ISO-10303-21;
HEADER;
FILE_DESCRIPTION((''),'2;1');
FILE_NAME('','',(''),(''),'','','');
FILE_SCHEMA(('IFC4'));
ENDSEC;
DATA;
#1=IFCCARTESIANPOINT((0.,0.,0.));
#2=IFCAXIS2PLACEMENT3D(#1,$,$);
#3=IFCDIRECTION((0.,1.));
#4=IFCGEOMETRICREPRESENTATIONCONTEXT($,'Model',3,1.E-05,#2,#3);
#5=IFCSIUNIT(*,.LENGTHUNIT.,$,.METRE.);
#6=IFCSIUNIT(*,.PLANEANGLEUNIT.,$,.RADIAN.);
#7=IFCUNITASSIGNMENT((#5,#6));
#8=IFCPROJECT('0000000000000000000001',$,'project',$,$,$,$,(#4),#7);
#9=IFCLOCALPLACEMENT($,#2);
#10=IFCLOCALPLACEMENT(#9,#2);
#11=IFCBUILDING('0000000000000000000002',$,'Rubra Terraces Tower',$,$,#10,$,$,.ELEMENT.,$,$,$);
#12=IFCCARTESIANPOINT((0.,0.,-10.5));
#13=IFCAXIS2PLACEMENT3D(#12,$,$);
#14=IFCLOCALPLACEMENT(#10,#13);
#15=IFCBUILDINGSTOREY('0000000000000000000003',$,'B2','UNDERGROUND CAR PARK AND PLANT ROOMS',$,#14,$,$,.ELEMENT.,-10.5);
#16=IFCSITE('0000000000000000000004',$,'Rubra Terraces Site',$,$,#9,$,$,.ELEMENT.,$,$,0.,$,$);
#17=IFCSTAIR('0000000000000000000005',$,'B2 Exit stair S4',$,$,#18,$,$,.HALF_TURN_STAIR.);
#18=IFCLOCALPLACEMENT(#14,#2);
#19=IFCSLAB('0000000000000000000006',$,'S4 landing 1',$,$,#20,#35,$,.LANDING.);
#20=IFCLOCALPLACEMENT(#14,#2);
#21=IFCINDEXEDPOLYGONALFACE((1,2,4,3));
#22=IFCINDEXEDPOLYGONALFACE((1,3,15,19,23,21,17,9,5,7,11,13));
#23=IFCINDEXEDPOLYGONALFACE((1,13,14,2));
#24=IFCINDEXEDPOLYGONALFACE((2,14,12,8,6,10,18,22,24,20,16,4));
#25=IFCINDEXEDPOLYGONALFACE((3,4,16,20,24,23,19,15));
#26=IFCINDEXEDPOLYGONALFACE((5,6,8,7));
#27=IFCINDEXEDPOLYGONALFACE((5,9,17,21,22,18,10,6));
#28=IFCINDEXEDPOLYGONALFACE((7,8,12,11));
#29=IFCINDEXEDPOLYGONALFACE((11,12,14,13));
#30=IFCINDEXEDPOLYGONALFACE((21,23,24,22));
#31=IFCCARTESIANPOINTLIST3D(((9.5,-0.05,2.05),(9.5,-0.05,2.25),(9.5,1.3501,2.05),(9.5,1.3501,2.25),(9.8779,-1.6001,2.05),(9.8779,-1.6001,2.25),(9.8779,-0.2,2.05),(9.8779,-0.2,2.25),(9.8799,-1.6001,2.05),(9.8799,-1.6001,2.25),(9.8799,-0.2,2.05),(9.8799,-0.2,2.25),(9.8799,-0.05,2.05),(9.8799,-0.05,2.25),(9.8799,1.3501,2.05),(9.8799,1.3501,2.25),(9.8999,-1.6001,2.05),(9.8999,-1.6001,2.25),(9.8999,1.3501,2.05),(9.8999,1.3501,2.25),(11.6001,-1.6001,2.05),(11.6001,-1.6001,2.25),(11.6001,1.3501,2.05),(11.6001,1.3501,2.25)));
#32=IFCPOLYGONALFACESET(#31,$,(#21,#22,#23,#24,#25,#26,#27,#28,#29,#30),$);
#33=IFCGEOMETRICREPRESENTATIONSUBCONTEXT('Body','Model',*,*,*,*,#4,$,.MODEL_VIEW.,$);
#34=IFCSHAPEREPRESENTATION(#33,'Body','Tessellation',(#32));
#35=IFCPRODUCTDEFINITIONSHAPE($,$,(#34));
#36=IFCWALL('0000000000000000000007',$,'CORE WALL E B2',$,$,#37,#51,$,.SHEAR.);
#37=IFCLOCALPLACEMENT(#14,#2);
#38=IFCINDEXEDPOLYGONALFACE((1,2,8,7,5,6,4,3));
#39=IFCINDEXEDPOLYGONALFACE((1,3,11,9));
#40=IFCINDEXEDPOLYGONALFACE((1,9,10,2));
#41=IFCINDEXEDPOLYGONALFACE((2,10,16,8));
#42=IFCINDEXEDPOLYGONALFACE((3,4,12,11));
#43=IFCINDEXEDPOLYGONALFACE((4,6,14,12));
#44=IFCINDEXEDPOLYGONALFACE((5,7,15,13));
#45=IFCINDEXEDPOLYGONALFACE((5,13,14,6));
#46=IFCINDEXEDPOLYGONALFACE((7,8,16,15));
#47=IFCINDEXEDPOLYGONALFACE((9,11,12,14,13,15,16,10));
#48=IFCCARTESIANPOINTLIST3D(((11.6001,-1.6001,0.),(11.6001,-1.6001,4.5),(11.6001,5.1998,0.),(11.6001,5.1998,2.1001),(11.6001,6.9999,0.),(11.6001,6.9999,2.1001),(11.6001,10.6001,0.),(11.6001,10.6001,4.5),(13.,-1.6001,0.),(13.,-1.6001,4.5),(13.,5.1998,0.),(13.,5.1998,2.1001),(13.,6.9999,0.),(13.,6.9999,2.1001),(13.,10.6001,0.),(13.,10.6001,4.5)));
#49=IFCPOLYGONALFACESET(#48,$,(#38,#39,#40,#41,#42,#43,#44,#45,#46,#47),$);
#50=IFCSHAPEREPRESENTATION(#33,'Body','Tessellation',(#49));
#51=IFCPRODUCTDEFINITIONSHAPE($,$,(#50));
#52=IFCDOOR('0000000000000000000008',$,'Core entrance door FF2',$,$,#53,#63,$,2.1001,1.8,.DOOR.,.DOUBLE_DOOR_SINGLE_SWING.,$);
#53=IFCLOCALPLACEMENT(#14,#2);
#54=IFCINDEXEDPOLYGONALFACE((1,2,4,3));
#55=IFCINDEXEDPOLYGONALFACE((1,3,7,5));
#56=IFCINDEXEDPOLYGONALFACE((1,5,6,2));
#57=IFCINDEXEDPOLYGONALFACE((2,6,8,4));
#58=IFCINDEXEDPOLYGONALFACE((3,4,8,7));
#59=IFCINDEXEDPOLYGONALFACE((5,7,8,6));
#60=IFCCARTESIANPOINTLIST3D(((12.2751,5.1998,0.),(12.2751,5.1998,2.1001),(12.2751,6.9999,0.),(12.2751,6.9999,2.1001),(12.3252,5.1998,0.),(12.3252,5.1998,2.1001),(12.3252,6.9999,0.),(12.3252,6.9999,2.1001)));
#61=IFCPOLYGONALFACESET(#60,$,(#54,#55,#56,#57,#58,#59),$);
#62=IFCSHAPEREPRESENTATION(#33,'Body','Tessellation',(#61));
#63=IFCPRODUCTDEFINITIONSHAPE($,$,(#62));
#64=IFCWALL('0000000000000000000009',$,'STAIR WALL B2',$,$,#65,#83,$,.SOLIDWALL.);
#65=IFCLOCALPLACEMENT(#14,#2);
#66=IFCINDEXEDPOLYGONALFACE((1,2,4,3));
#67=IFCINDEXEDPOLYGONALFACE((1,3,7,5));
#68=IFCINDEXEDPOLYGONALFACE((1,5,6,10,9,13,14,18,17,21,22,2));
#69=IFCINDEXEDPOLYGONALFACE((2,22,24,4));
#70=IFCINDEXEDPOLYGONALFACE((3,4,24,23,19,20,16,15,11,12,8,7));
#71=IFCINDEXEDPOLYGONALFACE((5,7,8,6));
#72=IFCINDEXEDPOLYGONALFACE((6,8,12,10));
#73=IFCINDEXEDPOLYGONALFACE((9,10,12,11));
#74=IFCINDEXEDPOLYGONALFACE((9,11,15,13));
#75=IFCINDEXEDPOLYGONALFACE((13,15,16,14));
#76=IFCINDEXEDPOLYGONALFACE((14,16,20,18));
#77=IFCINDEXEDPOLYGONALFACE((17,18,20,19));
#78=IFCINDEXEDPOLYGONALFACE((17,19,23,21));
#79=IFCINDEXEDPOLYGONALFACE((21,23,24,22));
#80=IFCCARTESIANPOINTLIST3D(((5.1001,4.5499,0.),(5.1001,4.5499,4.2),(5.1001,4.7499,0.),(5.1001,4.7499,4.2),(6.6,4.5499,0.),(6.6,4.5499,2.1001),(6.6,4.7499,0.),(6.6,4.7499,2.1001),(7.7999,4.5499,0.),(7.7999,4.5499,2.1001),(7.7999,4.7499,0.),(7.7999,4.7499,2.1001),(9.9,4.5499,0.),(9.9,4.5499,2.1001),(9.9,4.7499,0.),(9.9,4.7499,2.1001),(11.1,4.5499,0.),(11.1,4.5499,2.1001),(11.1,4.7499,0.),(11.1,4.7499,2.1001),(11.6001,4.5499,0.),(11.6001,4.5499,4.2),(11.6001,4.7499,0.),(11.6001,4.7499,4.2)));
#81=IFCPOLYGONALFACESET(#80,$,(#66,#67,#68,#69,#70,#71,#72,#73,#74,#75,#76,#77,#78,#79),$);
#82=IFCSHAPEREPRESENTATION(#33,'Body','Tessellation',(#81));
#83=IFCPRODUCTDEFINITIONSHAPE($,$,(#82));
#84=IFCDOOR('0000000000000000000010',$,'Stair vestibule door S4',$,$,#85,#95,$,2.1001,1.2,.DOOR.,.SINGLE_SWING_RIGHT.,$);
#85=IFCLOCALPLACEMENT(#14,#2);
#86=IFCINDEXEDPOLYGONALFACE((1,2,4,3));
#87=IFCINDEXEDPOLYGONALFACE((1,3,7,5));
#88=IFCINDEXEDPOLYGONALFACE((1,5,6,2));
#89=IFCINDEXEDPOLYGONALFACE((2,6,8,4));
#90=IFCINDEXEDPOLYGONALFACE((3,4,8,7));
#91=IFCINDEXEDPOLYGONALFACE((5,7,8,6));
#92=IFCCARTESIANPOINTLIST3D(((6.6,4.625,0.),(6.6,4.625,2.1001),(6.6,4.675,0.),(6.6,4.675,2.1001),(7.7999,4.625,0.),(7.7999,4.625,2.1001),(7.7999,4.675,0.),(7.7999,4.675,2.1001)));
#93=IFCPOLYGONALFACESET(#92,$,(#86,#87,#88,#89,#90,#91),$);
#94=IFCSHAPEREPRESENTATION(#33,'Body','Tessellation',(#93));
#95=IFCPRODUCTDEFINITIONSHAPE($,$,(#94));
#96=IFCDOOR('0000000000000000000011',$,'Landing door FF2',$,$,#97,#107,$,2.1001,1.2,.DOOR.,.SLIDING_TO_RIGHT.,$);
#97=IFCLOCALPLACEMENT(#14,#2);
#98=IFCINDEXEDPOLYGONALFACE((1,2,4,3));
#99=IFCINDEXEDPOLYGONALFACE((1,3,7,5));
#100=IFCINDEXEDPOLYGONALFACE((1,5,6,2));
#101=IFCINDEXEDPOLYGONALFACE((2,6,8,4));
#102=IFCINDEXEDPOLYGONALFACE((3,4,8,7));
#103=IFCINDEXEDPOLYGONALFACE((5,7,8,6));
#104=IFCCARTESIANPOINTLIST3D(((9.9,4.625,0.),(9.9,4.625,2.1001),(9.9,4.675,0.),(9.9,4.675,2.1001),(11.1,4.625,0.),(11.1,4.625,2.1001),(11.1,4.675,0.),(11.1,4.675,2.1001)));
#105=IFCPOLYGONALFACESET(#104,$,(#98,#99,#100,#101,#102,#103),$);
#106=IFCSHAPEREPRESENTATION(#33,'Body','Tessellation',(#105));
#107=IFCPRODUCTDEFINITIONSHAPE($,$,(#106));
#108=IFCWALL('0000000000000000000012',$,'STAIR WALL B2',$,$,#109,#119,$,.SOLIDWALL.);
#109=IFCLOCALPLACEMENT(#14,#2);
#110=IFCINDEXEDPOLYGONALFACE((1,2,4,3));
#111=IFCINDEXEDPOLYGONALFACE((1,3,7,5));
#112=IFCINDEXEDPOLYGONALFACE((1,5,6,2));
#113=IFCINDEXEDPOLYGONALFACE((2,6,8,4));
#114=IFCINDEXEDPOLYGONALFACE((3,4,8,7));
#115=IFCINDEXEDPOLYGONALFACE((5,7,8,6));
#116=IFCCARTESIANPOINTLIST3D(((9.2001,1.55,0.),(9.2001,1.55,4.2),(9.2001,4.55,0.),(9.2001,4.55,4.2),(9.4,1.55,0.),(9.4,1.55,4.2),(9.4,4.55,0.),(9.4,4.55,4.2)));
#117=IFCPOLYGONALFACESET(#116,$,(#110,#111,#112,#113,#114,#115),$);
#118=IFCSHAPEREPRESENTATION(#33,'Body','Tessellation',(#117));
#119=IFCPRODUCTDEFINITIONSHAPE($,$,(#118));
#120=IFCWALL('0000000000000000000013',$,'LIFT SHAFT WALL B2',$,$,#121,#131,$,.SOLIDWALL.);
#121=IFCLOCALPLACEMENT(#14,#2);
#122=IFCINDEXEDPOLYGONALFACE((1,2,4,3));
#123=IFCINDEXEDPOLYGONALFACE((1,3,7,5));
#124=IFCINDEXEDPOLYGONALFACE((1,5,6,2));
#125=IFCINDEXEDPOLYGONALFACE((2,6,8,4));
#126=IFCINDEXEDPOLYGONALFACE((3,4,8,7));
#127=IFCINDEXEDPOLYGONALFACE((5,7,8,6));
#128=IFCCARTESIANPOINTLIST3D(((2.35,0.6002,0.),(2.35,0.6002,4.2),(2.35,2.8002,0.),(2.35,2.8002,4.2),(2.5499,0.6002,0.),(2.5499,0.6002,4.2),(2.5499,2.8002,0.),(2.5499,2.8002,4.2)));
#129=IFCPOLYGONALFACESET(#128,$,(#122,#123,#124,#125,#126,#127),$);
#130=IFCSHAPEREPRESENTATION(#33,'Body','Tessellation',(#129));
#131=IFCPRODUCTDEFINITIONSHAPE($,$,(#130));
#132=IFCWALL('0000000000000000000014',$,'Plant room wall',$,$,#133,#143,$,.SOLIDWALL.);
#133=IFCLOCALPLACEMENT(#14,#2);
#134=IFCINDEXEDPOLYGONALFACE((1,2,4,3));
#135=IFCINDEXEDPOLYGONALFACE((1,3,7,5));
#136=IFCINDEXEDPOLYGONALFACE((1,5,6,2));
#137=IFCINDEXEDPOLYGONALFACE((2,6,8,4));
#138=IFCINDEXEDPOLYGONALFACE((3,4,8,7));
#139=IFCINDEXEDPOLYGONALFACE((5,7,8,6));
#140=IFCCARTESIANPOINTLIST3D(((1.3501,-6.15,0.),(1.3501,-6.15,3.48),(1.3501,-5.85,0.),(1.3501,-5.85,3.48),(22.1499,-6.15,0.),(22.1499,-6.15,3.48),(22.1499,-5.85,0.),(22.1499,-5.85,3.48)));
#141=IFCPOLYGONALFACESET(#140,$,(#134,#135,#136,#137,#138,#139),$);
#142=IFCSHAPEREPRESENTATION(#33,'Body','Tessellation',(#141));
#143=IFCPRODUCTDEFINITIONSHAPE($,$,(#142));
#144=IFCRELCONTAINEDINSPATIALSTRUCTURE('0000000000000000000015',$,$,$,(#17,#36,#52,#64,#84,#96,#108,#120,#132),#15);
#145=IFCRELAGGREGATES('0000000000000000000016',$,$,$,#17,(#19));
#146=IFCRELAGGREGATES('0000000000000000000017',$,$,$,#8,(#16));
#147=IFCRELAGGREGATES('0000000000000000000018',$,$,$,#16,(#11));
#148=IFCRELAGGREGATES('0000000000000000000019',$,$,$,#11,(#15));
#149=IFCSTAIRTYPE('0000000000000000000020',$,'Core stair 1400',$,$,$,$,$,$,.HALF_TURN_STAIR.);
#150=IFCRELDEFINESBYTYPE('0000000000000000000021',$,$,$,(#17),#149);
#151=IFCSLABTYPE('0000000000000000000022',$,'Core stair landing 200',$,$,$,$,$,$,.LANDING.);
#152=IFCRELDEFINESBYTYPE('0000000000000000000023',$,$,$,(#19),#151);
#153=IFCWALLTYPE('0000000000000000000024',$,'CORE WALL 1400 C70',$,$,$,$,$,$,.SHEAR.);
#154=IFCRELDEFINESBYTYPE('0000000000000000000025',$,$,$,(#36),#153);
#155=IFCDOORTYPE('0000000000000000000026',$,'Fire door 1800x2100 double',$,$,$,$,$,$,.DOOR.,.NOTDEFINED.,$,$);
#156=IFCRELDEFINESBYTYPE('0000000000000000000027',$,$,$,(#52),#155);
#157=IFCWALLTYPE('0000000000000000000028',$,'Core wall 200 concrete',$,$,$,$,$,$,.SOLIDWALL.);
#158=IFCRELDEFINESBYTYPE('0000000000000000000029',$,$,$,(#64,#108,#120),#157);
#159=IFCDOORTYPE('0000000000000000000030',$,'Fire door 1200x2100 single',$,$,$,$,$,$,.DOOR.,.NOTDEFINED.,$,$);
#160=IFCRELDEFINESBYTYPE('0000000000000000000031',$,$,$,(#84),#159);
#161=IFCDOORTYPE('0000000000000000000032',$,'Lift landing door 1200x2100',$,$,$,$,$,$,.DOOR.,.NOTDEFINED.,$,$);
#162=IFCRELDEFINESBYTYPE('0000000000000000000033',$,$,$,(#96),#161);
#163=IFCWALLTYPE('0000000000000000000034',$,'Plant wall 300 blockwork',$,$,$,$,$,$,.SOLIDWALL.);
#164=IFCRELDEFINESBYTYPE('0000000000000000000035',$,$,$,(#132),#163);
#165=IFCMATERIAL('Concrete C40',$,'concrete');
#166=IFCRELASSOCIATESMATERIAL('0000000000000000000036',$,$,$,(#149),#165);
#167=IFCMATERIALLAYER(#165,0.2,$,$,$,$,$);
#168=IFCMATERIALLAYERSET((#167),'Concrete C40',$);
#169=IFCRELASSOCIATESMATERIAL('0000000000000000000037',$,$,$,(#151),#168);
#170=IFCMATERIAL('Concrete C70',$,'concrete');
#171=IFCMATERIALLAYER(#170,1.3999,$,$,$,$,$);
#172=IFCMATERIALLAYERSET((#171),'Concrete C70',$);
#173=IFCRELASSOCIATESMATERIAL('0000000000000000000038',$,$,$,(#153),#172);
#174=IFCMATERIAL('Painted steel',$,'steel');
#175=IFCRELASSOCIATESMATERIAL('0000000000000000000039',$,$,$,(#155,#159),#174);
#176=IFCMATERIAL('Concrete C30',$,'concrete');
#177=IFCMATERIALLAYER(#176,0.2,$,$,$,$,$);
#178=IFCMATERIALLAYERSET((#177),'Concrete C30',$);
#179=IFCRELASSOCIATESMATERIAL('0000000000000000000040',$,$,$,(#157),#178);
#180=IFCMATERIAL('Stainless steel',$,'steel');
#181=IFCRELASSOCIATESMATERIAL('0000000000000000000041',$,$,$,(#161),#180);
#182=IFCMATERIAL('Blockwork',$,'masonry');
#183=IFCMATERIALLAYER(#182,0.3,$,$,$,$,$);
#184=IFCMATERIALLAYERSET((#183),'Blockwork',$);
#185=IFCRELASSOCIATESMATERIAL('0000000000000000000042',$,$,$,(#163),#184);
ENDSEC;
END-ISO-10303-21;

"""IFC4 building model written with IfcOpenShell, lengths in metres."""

from ifc_helpers import new_model, si_unit, direction, frame, frame_2d, origin, place, context, subcontext, project, spatial, polyline, rectangle, outline, extrude, material, layer, layer_set, type_object, element, fill, aggregate, save


model = new_model("IFC4")

# Units and contexts
model_context = context("Model", 3, precision=1e-05, world=origin(), true_north=direction((0.0, 1.0)))
body_context = subcontext(model_context, "Body", "Model", "MODEL_VIEW")
ifc_project = project(units=[si_unit("LENGTHUNIT", "METRE"), si_unit("PLANEANGLEUNIT", "RADIAN")], contexts=[model_context])

# Site, building, storey
site_placement = place(None, origin())
site = spatial("IfcSite", under=ifc_project, at=site_placement, Name="Rubra Terraces Site", CompositionType="ELEMENT", RefElevation=0.0)
building_placement = place(site_placement, origin())
building = spatial("IfcBuilding", under=site, at=building_placement, Name="Rubra Terraces Tower", CompositionType="ELEMENT")
storey_placement = place(building_placement, frame((0.0, 0.0, -10.5)))
storey = spatial("IfcBuildingStorey", under=building, at=storey_placement, Name="B2", Description="UNDERGROUND CAR PARK AND PLANT ROOMS", CompositionType="ELEMENT", Elevation=-10.5)

# Stair, slab
ifc_material_1 = material(Name="Concrete C40", Category="concrete")
stair_type = type_object("IfcStairType", Name="Core stair 1400", PredefinedType="HALF_TURN_STAIR", material=ifc_material_1)
ifc_layer_1 = layer(ifc_material_1, 0.2)
ifc_layer_set_1 = layer_set([ifc_layer_1], Name="Concrete C40")
slab_type = type_object("IfcSlabType", Name="Core stair landing 200", PredefinedType="LANDING", material=ifc_layer_set_1)
stair_1_placement = place(storey_placement, origin())
stair_1 = element("IfcStair", 1, at=stair_1_placement, inside=storey, type_object=stair_type, Name="B2 Exit stair S4", PredefinedType="HALF_TURN_STAIR")
slab_1_placement = place(storey_placement, frame((0.0, 0.0, 2.05)))
slab_1 = element("IfcSlab", 2, at=slab_1_placement, type_object=slab_type, Name="S4 landing 1", PredefinedType="LANDING", context=body_context, shape_type="SweptSolid", body=[
    extrude(outline(polyline([(9.8799, -0.2), (9.8799, -0.05), (9.5, -0.05), (9.5, 1.3501), (9.8799, 1.3501), (9.8999, 1.3501), (11.6001, 1.3501), (11.6001, -1.6001), (9.8999, -1.6001), (9.8799, -1.6001), (9.8779, -1.6001), (9.8779, -0.2), (9.8799, -0.2)])), origin(), (0.0, 0.0, 1.0), 0.2),
])

# Wall, opening, door
ifc_material_2 = material(Name="Concrete C70", Category="concrete")
ifc_layer_2 = layer(ifc_material_2, 1.3999)
ifc_layer_set_2 = layer_set([ifc_layer_2], Name="Concrete C70")
wall_type_1 = type_object("IfcWallType", Name="CORE WALL 1400 C70", PredefinedType="SHEAR", material=ifc_layer_set_2)
wall_1_placement = place(storey_placement, frame((12.3, -1.6001, 0.0), z_axis=(0.0, 0.0, 1.0), x_axis=(0.0, 1.0, 0.0)))
wall_1 = element("IfcWall", 3, at=wall_1_placement, inside=storey, type_object=wall_type_1, Name="CORE WALL E B2", PredefinedType="SHEAR", context=body_context, shape_type="SweptSolid", body=[
    extrude(rectangle(XDim=12.2002, YDim=1.3999, at=frame_2d((6.1001, 0.0))), origin(), (0.0, 0.0, 1.0), 4.5),
])
opening_1_placement = place(wall_1_placement, frame((6.8, 0.0, 0.0)))
opening_1 = element("IfcOpeningElement", 4, at=opening_1_placement, cuts=wall_1, PredefinedType="OPENING", context=body_context, shape_type="SweptSolid", body=[
    extrude(rectangle(XDim=1.8, YDim=2.1001, at=frame_2d((0.8999, 1.05))), frame((0.0, 0.71, 0.0), z_axis=(0.0, -1.0, 0.0), x_axis=(1.0, 0.0, 0.0)), (0.0, 0.0, 1.0), 1.4199),
])
ifc_material_3 = material(Name="Painted steel", Category="steel")
door_type_1 = type_object("IfcDoorType", Name="Fire door 1800x2100 double", OperationType="NOTDEFINED", PredefinedType="DOOR", material=ifc_material_3)
door_1_placement = place(opening_1_placement, origin())
door_1 = element("IfcDoor", 5, at=door_1_placement, inside=storey, type_object=door_type_1, Name="Core entrance door FF2", OperationType="DOUBLE_DOOR_SINGLE_SWING", OverallHeight=2.1001, OverallWidth=1.8, PredefinedType="DOOR", context=body_context, shape_type="SweptSolid", body=[
    extrude(rectangle(XDim=1.8, YDim=2.1001, at=frame_2d((0.8999, 1.05))), frame((0.0, 0.0249, 0.0), z_axis=(0.0, -1.0, 0.0), x_axis=(1.0, 0.0, 0.0)), (0.0, 0.0, 1.0), 0.05),
])
fill(opening_1, door_1)

# Wall, openings, doors
ifc_material_4 = material(Name="Concrete C30", Category="concrete")
ifc_layer_3 = layer(ifc_material_4, 0.2)
ifc_layer_set_3 = layer_set([ifc_layer_3], Name="Concrete C30")
wall_type_2 = type_object("IfcWallType", Name="Core wall 200 concrete", PredefinedType="SOLIDWALL", material=ifc_layer_set_3)
wall_2_placement = place(storey_placement, frame((11.6001, 4.6499, 0.0), z_axis=(0.0, 0.0, 1.0), x_axis=(-1.0, 0.0, 0.0)))
wall_2 = element("IfcWall", 6, at=wall_2_placement, inside=storey, type_object=wall_type_2, Name="STAIR WALL B2", PredefinedType="SOLIDWALL", context=body_context, shape_type="SweptSolid", body=[
    extrude(rectangle(XDim=6.5, YDim=0.2, at=frame_2d((3.25, 0.0))), origin(), (0.0, 0.0, 1.0), 4.2),
])
opening_2_placement = place(wall_2_placement, frame((3.8, 0.0, 0.0)))
opening_2 = element("IfcOpeningElement", 7, at=opening_2_placement, cuts=wall_2, PredefinedType="OPENING", context=body_context, shape_type="SweptSolid", body=[
    extrude(rectangle(XDim=1.2, YDim=2.1001, at=frame_2d((0.6001, 1.05))), frame((0.0, 0.1099, 0.0), z_axis=(0.0, -1.0, 0.0), x_axis=(1.0, 0.0, 0.0)), (0.0, 0.0, 1.0), 0.22),
])
opening_3_placement = place(wall_2_placement, frame((0.5, 0.0, 0.0)))
opening_3 = element("IfcOpeningElement", 8, at=opening_3_placement, cuts=wall_2, PredefinedType="OPENING", context=body_context, shape_type="SweptSolid", body=[
    extrude(rectangle(XDim=1.2, YDim=2.1001, at=frame_2d((0.6001, 1.05))), frame((0.0, 0.1099, 0.0), z_axis=(0.0, -1.0, 0.0), x_axis=(1.0, 0.0, 0.0)), (0.0, 0.0, 1.0), 0.22),
])
door_type_2 = type_object("IfcDoorType", Name="Fire door 1200x2100 single", OperationType="NOTDEFINED", PredefinedType="DOOR", material=ifc_material_3)
door_2_placement = place(opening_2_placement, origin())
door_2 = element("IfcDoor", 9, at=door_2_placement, inside=storey, type_object=door_type_2, Name="Stair vestibule door S4", OperationType="SINGLE_SWING_RIGHT", OverallHeight=2.1001, OverallWidth=1.2, PredefinedType="DOOR", context=body_context, shape_type="SweptSolid", body=[
    extrude(rectangle(XDim=1.2, YDim=2.1001, at=frame_2d((0.6001, 1.05))), frame((0.0, 0.0249, 0.0), z_axis=(0.0, -1.0, 0.0), x_axis=(1.0, 0.0, 0.0)), (0.0, 0.0, 1.0), 0.05),
])
fill(opening_2, door_2)
ifc_material_5 = material(Name="Stainless steel", Category="steel")
door_type_3 = type_object("IfcDoorType", Name="Lift landing door 1200x2100", OperationType="NOTDEFINED", PredefinedType="DOOR", material=ifc_material_5)
door_3_placement = place(opening_3_placement, origin())
door_3 = element("IfcDoor", 10, at=door_3_placement, inside=storey, type_object=door_type_3, Name="Landing door FF2", OperationType="SLIDING_TO_RIGHT", OverallHeight=2.1001, OverallWidth=1.2, PredefinedType="DOOR", context=body_context, shape_type="SweptSolid", body=[
    extrude(rectangle(XDim=1.2, YDim=2.1001, at=frame_2d((0.6001, 1.05))), frame((0.0, 0.0249, 0.0), z_axis=(0.0, -1.0, 0.0), x_axis=(1.0, 0.0, 0.0)), (0.0, 0.0, 1.0), 0.05),
])
fill(opening_3, door_3)

# Walls
wall_3_placement = place(storey_placement, frame((9.3, 4.55, 0.0), z_axis=(0.0, 0.0, 1.0), x_axis=(0.0, -1.0, 0.0)))
element("IfcWall", 11, at=wall_3_placement, inside=storey, type_object=wall_type_2, Name="STAIR WALL B2", PredefinedType="SOLIDWALL", context=body_context, shape_type="SweptSolid", body=[
    extrude(rectangle(XDim=3.0, YDim=0.2, at=frame_2d((1.5, 0.0))), origin(), (0.0, 0.0, 1.0), 4.2),
])
wall_4_placement = place(storey_placement, frame((2.45, 0.6001, 0.0), z_axis=(0.0, 0.0, 1.0), x_axis=(0.0, 1.0, 0.0)))
element("IfcWall", 12, at=wall_4_placement, inside=storey, type_object=wall_type_2, Name="LIFT SHAFT WALL B2", PredefinedType="SOLIDWALL", context=body_context, shape_type="SweptSolid", body=[
    extrude(rectangle(XDim=2.2, YDim=0.2, at=frame_2d((1.1001, 0.0))), origin(), (0.0, 0.0, 1.0), 4.2),
])
ifc_material_6 = material(Name="Blockwork", Category="masonry")
ifc_layer_4 = layer(ifc_material_6, 0.3)
ifc_layer_set_4 = layer_set([ifc_layer_4], Name="Blockwork")
wall_type_3 = type_object("IfcWallType", Name="Plant wall 300 blockwork", PredefinedType="SOLIDWALL", material=ifc_layer_set_4)
wall_5_placement = place(storey_placement, frame((22.1499, -6.0, 0.0), z_axis=(0.0, 0.0, 1.0), x_axis=(-1.0, 0.0, 0.0)))
element("IfcWall", 13, at=wall_5_placement, inside=storey, type_object=wall_type_3, Name="Plant room wall", PredefinedType="SOLIDWALL", context=body_context, shape_type="SweptSolid", body=[
    extrude(rectangle(XDim=20.7998, YDim=0.3, at=frame_2d((10.3999, 0.0))), origin(), (0.0, 0.0, 1.0), 3.48),
])

aggregate(stair_1, [slab_1])

save(model, "model.ifc")
